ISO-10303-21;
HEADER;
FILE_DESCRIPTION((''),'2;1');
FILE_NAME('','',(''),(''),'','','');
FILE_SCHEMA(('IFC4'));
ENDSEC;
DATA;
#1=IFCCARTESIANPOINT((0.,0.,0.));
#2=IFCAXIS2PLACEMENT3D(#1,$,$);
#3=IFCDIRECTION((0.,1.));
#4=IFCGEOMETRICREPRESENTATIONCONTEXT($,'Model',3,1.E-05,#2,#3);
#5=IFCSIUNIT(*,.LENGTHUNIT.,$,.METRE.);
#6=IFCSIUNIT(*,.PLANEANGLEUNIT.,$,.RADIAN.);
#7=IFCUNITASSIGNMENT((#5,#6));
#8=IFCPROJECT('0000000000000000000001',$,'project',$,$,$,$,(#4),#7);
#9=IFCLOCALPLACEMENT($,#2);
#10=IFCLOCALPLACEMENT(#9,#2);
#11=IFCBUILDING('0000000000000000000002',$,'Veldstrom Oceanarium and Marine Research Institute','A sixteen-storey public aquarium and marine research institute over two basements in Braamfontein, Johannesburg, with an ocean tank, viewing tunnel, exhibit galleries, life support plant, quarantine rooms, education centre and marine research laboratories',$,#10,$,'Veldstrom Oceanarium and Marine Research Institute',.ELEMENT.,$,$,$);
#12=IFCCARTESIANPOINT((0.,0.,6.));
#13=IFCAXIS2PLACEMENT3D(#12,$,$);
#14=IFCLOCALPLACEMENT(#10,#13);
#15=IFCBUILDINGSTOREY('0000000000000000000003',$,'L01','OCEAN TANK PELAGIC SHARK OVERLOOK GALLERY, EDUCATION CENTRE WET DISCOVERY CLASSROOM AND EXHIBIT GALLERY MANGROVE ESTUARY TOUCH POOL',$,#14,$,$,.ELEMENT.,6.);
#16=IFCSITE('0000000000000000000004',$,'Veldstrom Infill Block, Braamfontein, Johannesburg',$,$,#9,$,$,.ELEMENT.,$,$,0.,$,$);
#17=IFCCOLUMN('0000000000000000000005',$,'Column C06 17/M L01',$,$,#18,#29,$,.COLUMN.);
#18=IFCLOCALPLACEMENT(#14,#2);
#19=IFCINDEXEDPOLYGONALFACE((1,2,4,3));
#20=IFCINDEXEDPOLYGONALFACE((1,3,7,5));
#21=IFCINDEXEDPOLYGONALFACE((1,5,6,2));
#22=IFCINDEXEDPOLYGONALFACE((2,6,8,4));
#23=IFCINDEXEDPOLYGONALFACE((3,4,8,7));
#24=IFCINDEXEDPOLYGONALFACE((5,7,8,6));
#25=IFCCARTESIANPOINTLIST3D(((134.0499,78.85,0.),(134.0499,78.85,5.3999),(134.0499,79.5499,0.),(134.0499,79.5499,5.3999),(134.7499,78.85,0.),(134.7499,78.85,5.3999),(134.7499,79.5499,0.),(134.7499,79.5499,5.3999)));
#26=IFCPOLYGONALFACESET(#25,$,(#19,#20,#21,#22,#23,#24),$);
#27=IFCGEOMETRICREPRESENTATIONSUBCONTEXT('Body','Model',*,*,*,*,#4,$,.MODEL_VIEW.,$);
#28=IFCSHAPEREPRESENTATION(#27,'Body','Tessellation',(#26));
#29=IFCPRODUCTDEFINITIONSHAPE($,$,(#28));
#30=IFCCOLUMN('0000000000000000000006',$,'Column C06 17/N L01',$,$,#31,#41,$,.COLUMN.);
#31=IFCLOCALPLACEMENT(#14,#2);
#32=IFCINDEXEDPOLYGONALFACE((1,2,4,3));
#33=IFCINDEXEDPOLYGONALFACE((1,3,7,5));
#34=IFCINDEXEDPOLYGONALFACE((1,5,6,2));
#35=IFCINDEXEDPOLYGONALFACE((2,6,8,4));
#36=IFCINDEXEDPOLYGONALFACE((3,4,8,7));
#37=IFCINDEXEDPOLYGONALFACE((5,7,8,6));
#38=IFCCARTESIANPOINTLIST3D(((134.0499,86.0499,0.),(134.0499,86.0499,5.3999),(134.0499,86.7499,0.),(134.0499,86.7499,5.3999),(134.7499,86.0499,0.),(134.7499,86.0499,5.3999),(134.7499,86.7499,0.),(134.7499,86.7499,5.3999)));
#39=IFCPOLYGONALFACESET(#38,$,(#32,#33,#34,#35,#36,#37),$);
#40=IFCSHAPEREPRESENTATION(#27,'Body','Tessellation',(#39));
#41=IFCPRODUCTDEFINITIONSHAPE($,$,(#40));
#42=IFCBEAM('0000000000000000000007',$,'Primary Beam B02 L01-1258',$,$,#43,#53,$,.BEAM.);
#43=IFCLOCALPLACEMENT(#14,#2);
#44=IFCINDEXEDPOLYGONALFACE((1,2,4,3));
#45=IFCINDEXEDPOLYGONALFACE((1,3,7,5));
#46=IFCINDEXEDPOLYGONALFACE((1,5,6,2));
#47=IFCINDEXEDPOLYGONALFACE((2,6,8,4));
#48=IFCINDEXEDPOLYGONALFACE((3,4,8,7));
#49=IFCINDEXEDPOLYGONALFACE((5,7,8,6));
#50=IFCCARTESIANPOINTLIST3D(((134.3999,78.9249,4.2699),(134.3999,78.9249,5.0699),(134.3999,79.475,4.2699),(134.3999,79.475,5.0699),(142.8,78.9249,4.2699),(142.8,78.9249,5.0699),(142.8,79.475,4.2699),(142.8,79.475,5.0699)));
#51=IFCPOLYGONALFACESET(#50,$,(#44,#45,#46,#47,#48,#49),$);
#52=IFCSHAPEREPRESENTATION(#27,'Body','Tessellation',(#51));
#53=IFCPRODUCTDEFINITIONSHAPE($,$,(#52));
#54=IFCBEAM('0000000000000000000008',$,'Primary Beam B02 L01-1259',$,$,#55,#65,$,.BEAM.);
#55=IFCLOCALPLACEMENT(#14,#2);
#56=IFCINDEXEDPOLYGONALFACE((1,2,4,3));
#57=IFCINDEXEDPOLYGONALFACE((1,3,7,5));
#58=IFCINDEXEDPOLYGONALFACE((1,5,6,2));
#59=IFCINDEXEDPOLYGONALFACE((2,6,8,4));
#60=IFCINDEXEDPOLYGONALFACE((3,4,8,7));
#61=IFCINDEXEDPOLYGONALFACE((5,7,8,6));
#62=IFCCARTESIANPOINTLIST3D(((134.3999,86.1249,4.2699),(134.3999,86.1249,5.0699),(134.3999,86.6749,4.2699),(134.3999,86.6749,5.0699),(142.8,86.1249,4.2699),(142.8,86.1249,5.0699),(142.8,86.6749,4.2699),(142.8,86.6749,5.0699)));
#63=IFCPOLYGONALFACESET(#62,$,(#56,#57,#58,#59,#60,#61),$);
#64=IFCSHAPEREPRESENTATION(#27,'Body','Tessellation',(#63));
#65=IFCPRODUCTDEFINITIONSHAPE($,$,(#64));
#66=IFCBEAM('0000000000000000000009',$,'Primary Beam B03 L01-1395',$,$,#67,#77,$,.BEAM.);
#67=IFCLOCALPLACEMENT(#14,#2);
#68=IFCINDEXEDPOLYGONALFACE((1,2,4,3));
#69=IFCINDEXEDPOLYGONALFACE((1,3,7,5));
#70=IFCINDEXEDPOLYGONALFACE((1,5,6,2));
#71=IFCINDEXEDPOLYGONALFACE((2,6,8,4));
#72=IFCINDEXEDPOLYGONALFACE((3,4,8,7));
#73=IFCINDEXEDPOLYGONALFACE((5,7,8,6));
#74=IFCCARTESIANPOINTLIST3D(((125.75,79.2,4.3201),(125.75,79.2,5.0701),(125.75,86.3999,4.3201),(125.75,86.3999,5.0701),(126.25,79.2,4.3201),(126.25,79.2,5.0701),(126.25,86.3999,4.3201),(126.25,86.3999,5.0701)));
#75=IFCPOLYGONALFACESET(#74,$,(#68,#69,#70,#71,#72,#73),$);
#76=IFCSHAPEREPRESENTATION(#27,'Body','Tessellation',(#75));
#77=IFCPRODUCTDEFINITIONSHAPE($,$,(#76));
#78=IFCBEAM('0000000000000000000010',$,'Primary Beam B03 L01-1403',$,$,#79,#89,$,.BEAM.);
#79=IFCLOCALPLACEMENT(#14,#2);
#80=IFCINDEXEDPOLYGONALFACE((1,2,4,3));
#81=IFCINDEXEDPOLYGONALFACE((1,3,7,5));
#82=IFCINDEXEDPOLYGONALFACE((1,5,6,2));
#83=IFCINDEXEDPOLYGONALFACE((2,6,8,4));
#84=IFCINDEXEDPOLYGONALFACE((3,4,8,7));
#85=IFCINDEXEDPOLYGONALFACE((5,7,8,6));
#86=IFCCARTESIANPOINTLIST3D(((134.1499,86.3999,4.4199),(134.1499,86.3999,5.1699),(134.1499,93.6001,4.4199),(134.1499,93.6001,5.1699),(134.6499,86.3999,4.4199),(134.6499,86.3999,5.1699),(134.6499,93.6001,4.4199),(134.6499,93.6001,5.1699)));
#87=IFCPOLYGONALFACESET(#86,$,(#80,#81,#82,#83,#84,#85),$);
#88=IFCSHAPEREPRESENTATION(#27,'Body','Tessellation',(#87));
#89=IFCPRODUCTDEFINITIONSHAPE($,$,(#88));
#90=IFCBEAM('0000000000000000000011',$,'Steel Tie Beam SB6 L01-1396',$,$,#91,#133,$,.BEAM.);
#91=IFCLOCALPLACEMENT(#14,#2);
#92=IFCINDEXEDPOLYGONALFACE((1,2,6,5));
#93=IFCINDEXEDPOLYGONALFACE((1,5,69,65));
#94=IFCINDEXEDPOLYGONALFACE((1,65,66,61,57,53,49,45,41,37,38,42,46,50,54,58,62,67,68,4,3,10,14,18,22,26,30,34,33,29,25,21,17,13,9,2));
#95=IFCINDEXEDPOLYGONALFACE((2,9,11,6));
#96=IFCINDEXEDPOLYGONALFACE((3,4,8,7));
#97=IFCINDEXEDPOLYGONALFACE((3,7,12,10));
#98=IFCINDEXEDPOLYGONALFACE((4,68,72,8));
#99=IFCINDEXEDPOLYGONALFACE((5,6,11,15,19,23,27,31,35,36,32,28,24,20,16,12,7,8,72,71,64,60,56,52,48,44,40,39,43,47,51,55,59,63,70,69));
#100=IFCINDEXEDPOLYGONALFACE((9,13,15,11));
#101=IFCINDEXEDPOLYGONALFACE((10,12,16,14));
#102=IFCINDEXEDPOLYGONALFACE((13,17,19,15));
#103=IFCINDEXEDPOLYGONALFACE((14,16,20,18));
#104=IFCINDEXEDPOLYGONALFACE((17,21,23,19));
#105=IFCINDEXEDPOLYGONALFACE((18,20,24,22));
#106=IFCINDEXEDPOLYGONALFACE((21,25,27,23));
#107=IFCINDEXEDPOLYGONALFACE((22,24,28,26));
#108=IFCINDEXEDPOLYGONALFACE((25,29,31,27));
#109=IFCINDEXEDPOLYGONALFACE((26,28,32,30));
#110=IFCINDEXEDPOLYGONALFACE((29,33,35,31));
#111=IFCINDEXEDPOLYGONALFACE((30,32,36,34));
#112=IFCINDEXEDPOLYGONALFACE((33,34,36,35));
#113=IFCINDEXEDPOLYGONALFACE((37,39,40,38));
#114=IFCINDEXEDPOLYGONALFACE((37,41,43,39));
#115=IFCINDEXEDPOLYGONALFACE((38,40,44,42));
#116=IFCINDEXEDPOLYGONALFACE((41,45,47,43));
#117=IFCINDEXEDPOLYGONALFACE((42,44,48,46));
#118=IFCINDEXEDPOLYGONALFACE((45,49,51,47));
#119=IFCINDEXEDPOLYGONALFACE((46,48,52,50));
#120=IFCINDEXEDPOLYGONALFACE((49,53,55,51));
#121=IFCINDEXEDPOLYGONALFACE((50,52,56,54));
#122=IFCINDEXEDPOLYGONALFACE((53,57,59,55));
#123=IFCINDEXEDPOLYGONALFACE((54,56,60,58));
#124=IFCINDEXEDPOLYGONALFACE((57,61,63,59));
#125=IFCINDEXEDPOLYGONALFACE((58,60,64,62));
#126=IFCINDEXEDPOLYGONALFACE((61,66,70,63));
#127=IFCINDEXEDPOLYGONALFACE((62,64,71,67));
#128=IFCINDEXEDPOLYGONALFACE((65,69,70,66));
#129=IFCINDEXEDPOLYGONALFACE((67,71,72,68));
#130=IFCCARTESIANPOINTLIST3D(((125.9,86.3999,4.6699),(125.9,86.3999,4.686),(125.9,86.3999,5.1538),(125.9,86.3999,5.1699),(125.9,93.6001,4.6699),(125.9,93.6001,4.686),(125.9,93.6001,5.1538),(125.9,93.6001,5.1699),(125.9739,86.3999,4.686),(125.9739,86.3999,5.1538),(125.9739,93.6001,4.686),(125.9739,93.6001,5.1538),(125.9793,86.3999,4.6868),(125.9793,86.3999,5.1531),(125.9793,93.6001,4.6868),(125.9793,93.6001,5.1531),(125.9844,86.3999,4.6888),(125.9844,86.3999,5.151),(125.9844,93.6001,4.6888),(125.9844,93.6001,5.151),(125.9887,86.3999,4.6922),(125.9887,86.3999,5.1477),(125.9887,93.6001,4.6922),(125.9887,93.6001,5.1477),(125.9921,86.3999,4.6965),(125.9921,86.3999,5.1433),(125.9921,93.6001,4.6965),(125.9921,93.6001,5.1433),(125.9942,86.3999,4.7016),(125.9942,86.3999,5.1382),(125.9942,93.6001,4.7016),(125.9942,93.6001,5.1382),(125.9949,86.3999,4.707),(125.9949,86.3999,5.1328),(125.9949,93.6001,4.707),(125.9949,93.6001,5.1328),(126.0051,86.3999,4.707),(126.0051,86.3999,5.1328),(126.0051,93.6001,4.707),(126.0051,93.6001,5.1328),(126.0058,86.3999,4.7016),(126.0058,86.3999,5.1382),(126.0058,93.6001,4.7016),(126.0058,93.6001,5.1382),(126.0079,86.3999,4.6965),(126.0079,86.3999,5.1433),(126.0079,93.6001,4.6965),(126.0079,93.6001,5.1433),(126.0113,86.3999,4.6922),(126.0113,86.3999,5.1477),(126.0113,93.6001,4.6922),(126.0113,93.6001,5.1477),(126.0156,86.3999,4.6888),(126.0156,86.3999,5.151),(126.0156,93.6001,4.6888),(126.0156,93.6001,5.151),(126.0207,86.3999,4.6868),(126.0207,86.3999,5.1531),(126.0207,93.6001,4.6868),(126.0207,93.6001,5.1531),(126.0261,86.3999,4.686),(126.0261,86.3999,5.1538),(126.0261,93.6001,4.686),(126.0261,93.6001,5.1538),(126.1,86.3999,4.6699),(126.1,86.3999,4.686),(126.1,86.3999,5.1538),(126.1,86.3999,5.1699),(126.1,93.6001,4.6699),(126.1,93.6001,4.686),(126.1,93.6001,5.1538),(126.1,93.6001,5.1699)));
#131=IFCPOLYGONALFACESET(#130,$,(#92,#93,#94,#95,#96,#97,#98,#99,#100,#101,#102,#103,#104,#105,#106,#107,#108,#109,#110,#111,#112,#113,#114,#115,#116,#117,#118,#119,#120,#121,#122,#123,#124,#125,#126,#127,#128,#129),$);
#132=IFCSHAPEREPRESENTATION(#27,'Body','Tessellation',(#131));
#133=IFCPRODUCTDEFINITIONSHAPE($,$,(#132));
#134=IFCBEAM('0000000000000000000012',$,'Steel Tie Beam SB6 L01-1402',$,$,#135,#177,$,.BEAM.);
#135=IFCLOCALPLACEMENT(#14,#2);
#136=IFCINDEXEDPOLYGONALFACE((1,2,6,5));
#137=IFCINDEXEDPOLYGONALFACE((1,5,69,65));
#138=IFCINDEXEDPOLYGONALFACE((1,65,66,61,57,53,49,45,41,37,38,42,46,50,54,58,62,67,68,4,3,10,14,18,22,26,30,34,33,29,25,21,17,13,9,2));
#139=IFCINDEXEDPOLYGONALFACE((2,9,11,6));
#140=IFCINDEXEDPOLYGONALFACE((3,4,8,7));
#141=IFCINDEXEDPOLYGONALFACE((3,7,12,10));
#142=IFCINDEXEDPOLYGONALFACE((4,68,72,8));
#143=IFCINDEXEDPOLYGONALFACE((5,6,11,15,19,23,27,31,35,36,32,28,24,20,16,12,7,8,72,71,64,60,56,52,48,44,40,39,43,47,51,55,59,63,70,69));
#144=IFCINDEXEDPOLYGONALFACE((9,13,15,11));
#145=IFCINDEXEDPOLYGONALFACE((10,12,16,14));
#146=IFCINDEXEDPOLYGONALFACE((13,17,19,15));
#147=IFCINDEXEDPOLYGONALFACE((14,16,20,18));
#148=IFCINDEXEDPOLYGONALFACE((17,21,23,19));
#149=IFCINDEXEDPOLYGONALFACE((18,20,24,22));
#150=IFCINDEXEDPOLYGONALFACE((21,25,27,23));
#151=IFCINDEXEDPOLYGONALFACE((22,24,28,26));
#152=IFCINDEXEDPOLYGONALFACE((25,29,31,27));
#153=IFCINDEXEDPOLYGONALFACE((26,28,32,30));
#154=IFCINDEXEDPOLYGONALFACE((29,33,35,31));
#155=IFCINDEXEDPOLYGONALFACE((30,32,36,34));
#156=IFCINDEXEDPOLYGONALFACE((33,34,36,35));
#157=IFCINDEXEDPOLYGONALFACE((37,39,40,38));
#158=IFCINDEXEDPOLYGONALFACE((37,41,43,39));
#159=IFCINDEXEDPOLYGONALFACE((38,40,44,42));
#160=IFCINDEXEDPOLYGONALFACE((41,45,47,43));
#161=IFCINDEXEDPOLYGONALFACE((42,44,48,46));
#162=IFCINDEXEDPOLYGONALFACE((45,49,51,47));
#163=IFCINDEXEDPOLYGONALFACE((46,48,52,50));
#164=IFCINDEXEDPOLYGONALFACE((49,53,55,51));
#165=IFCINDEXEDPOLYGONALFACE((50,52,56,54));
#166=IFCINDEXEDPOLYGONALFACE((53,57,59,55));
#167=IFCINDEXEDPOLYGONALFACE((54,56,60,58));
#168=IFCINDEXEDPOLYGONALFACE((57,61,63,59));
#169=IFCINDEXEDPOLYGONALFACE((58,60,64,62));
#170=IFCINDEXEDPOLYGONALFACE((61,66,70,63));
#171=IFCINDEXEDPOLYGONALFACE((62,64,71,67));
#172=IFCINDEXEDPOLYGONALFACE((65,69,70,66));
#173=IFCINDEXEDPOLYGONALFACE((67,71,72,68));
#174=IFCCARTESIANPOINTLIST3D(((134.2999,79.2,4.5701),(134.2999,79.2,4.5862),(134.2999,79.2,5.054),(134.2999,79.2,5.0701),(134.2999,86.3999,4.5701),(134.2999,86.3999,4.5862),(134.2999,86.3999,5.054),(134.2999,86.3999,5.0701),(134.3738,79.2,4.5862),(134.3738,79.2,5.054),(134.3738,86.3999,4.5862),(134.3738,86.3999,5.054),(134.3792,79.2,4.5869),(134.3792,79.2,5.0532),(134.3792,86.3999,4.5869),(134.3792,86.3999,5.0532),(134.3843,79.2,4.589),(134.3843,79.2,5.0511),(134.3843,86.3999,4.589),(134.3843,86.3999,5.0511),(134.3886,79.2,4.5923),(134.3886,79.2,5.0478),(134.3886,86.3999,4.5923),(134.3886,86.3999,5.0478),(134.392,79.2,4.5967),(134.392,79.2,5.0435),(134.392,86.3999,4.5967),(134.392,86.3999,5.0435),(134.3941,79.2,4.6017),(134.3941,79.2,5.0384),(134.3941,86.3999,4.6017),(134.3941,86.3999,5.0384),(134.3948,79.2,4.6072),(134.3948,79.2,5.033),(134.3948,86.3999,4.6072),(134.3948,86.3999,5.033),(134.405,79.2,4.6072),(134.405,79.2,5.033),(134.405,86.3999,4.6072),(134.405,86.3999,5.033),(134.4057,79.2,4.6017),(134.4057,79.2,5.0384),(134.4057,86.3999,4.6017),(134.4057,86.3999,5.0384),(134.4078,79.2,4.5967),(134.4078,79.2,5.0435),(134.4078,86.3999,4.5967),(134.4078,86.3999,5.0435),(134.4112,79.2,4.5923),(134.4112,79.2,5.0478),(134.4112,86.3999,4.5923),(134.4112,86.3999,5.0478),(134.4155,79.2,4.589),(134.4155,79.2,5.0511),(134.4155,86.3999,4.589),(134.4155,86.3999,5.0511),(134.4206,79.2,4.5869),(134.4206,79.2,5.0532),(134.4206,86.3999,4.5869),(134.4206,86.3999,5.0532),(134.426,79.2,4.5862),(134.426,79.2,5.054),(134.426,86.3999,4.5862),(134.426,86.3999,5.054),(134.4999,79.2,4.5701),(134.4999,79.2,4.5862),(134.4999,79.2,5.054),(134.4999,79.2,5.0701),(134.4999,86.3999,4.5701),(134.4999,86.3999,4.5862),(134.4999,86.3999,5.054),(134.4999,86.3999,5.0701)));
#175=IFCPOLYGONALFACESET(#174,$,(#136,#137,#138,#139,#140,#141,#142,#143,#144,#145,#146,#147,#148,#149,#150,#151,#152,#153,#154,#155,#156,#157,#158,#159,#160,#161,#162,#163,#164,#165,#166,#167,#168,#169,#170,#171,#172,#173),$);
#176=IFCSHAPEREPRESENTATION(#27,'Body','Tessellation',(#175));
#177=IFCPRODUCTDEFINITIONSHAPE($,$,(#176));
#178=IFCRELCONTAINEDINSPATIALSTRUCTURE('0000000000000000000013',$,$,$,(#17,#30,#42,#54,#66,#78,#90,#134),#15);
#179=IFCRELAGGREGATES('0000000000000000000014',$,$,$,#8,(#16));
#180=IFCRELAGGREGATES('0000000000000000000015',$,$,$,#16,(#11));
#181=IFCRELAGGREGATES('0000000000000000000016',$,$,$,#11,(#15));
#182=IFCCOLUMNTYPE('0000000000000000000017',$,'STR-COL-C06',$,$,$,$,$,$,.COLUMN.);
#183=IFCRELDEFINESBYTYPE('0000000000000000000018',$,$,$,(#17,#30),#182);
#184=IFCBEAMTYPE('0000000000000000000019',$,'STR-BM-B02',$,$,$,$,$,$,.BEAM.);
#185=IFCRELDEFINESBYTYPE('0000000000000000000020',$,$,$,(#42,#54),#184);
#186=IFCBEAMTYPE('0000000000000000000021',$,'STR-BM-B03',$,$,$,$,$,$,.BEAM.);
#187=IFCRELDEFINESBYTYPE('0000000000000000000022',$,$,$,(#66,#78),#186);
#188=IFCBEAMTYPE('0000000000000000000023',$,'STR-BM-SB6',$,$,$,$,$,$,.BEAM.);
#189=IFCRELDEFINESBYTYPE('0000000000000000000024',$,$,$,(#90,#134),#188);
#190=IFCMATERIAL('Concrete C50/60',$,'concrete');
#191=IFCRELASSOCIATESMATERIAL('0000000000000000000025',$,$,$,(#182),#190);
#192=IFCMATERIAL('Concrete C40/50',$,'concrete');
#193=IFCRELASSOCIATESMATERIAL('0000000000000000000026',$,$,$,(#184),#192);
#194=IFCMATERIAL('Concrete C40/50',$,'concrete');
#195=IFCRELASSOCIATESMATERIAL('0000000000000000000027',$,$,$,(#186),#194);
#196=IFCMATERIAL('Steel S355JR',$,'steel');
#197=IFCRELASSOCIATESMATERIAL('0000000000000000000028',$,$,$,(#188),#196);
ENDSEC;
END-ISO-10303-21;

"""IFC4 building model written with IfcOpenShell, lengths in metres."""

from ifc_helpers import new_model, si_unit, direction, frame, origin, origin_2d, place, context, subcontext, project, spatial, rectangle, i_section, extrude, material, material_profile, profile_set, type_object, element, save


model = new_model("IFC4")

# Units and contexts
model_context = context("Model", 3, precision=1e-05, world=origin(), true_north=direction((0.0, 1.0)))
body_context = subcontext(model_context, "Body", "Model", "MODEL_VIEW")
ifc_project = project(units=[si_unit("LENGTHUNIT", "METRE"), si_unit("PLANEANGLEUNIT", "RADIAN")], contexts=[model_context])

# Site, building, storey
site_placement = place(None, origin())
site = spatial("IfcSite", under=ifc_project, at=site_placement, Name="Veldstrom Infill Block, Braamfontein, Johannesburg", CompositionType="ELEMENT", RefElevation=0.0)
building_placement = place(site_placement, origin())
building = spatial("IfcBuilding", under=site, at=building_placement, Name="Veldstrom Oceanarium and Marine Research Institute", Description="A sixteen-storey public aquarium and marine research institute over two basements in Braamfontein, Johannesburg, with an ocean tank, viewing tunnel, exhibit galleries, life support plant, quarantine rooms, education centre and marine research laboratories", LongName="Veldstrom Oceanarium and Marine Research Institute", CompositionType="ELEMENT")
storey_placement = place(building_placement, frame((0.0, 0.0, 6.0)))
storey = spatial("IfcBuildingStorey", under=building, at=storey_placement, Name="L01", Description="OCEAN TANK PELAGIC SHARK OVERLOOK GALLERY, EDUCATION CENTRE WET DISCOVERY CLASSROOM AND EXHIBIT GALLERY MANGROVE ESTUARY TOUCH POOL", CompositionType="ELEMENT", Elevation=6.0)

# Columns
ifc_material_1 = material(Name="Concrete C50/60", Category="concrete")
ifc_material_profile_1 = material_profile(ifc_material_1, rectangle(XDim=0.7, YDim=0.7, at=origin_2d()), Name="RC-COL-700x700")
ifc_profile_set_1 = profile_set([ifc_material_profile_1], Name="Concrete C50/60")
column_type = type_object("IfcColumnType", Name="STR-COL-C06", PredefinedType="COLUMN", material=ifc_profile_set_1)
for number, where, z_axis, x_axis, name in (
    (1, (134.3999, 79.2, 0.0), (0.0, 0.0, 1.0), (1.0, 0.0, 0.0), "Column C06 17/M L01"),
    (2, (134.3999, 86.3999, 0.0), (0.0, 0.0, 1.0), (1.0, 0.0, 0.0), "Column C06 17/N L01"),
):
    element("IfcColumn", number, at=place(storey_placement, frame(where, z_axis=z_axis, x_axis=x_axis)), inside=storey, type_object=column_type, Name=name, PredefinedType="COLUMN", context=body_context, shape_type="SweptSolid", body=[
        extrude(rectangle(XDim=0.7, YDim=0.7, at=origin_2d()), origin(), (0.0, 0.0, 1.0), 5.3999),
    ])

# Beams
ifc_material_2 = material(Name="Concrete C40/50", Category="concrete")
ifc_material_profile_2 = material_profile(ifc_material_2, rectangle(XDim=0.55, YDim=0.8, at=origin_2d()), Name="RC-BM-550x800")
ifc_profile_set_2 = profile_set([ifc_material_profile_2], Name="Concrete C40/50")
beam_type_1 = type_object("IfcBeamType", Name="STR-BM-B02", PredefinedType="BEAM", material=ifc_profile_set_2)
for number, where, z_axis, x_axis, name in (
    (3, (134.3999, 79.2, 4.6699), (1.0, 0.0, 0.0), (0.0, 1.0, 0.0), "Primary Beam B02 L01-1258"),
    (4, (134.3999, 86.3999, 4.6699), (1.0, 0.0, 0.0), (0.0, 1.0, 0.0), "Primary Beam B02 L01-1259"),
):
    element("IfcBeam", number, at=place(storey_placement, frame(where, z_axis=z_axis, x_axis=x_axis)), inside=storey, type_object=beam_type_1, Name=name, PredefinedType="BEAM", context=body_context, shape_type="SweptSolid", body=[
        extrude(rectangle(XDim=0.55, YDim=0.8, at=origin_2d()), origin(), (0.0, 0.0, 1.0), 8.4001),
    ])
ifc_material_3 = material(Name="Concrete C40/50", Category="concrete")
ifc_material_profile_3 = material_profile(ifc_material_3, rectangle(XDim=0.5, YDim=0.75, at=origin_2d()), Name="RC-BM-500x750")
ifc_profile_set_3 = profile_set([ifc_material_profile_3], Name="Concrete C40/50")
beam_type_2 = type_object("IfcBeamType", Name="STR-BM-B03", PredefinedType="BEAM", material=ifc_profile_set_3)
beam_1_placement = place(storey_placement, frame((126.0, 79.2, 4.6951), z_axis=(0.0, 1.0, 0.0), x_axis=(-1.0, 0.0, 0.0)))
element("IfcBeam", 5, at=beam_1_placement, inside=storey, type_object=beam_type_2, Name="Primary Beam B03 L01-1395", PredefinedType="BEAM", context=body_context, shape_type="SweptSolid", body=[
    extrude(rectangle(XDim=0.5, YDim=0.75, at=origin_2d()), origin(), (0.0, 0.0, 1.0), 7.2),
])
beam_2_placement = place(storey_placement, frame((134.3999, 86.3999, 4.7949), z_axis=(0.0, 1.0, 0.0), x_axis=(-1.0, 0.0, 0.0)))
element("IfcBeam", 6, at=beam_2_placement, inside=storey, type_object=beam_type_2, Name="Primary Beam B03 L01-1403", PredefinedType="BEAM", context=body_context, shape_type="SweptSolid", body=[
    extrude(rectangle(XDim=0.5, YDim=0.75, at=origin_2d()), origin(), (0.0, 0.0, 1.0), 7.2002),
])
ifc_material_4 = material(Name="Steel S355JR", Category="steel")
ifc_material_profile_4 = material_profile(ifc_material_4, i_section(OverallWidth=0.2, OverallDepth=0.5, WebThickness=0.0103, FlangeThickness=0.0161, FilletRadius=0.021, at=origin_2d()), Name="IPE 500")
ifc_profile_set_4 = profile_set([ifc_material_profile_4], Name="Steel S355JR")
beam_type_3 = type_object("IfcBeamType", Name="STR-BM-SB6", PredefinedType="BEAM", material=ifc_profile_set_4)
beam_3_placement = place(storey_placement, frame((126.0, 86.3999, 4.9199), z_axis=(0.0, 1.0, 0.0), x_axis=(-1.0, 0.0, 0.0)))
element("IfcBeam", 7, at=beam_3_placement, inside=storey, type_object=beam_type_3, Name="Steel Tie Beam SB6 L01-1396", PredefinedType="BEAM", context=body_context, shape_type="SweptSolid", body=[
    extrude(i_section(OverallWidth=0.2, OverallDepth=0.5, WebThickness=0.0103, FlangeThickness=0.0161, FilletRadius=0.021, at=origin_2d()), origin(), (0.0, 0.0, 1.0), 7.2002),
])
beam_4_placement = place(storey_placement, frame((134.3999, 79.2, 4.8201), z_axis=(0.0, 1.0, 0.0), x_axis=(-1.0, 0.0, 0.0)))
element("IfcBeam", 8, at=beam_4_placement, inside=storey, type_object=beam_type_3, Name="Steel Tie Beam SB6 L01-1402", PredefinedType="BEAM", context=body_context, shape_type="SweptSolid", body=[
    extrude(i_section(OverallWidth=0.2, OverallDepth=0.5, WebThickness=0.0103, FlangeThickness=0.0161, FilletRadius=0.021, at=origin_2d()), origin(), (0.0, 0.0, 1.0), 7.2),
])

save(model, "model.ifc")
